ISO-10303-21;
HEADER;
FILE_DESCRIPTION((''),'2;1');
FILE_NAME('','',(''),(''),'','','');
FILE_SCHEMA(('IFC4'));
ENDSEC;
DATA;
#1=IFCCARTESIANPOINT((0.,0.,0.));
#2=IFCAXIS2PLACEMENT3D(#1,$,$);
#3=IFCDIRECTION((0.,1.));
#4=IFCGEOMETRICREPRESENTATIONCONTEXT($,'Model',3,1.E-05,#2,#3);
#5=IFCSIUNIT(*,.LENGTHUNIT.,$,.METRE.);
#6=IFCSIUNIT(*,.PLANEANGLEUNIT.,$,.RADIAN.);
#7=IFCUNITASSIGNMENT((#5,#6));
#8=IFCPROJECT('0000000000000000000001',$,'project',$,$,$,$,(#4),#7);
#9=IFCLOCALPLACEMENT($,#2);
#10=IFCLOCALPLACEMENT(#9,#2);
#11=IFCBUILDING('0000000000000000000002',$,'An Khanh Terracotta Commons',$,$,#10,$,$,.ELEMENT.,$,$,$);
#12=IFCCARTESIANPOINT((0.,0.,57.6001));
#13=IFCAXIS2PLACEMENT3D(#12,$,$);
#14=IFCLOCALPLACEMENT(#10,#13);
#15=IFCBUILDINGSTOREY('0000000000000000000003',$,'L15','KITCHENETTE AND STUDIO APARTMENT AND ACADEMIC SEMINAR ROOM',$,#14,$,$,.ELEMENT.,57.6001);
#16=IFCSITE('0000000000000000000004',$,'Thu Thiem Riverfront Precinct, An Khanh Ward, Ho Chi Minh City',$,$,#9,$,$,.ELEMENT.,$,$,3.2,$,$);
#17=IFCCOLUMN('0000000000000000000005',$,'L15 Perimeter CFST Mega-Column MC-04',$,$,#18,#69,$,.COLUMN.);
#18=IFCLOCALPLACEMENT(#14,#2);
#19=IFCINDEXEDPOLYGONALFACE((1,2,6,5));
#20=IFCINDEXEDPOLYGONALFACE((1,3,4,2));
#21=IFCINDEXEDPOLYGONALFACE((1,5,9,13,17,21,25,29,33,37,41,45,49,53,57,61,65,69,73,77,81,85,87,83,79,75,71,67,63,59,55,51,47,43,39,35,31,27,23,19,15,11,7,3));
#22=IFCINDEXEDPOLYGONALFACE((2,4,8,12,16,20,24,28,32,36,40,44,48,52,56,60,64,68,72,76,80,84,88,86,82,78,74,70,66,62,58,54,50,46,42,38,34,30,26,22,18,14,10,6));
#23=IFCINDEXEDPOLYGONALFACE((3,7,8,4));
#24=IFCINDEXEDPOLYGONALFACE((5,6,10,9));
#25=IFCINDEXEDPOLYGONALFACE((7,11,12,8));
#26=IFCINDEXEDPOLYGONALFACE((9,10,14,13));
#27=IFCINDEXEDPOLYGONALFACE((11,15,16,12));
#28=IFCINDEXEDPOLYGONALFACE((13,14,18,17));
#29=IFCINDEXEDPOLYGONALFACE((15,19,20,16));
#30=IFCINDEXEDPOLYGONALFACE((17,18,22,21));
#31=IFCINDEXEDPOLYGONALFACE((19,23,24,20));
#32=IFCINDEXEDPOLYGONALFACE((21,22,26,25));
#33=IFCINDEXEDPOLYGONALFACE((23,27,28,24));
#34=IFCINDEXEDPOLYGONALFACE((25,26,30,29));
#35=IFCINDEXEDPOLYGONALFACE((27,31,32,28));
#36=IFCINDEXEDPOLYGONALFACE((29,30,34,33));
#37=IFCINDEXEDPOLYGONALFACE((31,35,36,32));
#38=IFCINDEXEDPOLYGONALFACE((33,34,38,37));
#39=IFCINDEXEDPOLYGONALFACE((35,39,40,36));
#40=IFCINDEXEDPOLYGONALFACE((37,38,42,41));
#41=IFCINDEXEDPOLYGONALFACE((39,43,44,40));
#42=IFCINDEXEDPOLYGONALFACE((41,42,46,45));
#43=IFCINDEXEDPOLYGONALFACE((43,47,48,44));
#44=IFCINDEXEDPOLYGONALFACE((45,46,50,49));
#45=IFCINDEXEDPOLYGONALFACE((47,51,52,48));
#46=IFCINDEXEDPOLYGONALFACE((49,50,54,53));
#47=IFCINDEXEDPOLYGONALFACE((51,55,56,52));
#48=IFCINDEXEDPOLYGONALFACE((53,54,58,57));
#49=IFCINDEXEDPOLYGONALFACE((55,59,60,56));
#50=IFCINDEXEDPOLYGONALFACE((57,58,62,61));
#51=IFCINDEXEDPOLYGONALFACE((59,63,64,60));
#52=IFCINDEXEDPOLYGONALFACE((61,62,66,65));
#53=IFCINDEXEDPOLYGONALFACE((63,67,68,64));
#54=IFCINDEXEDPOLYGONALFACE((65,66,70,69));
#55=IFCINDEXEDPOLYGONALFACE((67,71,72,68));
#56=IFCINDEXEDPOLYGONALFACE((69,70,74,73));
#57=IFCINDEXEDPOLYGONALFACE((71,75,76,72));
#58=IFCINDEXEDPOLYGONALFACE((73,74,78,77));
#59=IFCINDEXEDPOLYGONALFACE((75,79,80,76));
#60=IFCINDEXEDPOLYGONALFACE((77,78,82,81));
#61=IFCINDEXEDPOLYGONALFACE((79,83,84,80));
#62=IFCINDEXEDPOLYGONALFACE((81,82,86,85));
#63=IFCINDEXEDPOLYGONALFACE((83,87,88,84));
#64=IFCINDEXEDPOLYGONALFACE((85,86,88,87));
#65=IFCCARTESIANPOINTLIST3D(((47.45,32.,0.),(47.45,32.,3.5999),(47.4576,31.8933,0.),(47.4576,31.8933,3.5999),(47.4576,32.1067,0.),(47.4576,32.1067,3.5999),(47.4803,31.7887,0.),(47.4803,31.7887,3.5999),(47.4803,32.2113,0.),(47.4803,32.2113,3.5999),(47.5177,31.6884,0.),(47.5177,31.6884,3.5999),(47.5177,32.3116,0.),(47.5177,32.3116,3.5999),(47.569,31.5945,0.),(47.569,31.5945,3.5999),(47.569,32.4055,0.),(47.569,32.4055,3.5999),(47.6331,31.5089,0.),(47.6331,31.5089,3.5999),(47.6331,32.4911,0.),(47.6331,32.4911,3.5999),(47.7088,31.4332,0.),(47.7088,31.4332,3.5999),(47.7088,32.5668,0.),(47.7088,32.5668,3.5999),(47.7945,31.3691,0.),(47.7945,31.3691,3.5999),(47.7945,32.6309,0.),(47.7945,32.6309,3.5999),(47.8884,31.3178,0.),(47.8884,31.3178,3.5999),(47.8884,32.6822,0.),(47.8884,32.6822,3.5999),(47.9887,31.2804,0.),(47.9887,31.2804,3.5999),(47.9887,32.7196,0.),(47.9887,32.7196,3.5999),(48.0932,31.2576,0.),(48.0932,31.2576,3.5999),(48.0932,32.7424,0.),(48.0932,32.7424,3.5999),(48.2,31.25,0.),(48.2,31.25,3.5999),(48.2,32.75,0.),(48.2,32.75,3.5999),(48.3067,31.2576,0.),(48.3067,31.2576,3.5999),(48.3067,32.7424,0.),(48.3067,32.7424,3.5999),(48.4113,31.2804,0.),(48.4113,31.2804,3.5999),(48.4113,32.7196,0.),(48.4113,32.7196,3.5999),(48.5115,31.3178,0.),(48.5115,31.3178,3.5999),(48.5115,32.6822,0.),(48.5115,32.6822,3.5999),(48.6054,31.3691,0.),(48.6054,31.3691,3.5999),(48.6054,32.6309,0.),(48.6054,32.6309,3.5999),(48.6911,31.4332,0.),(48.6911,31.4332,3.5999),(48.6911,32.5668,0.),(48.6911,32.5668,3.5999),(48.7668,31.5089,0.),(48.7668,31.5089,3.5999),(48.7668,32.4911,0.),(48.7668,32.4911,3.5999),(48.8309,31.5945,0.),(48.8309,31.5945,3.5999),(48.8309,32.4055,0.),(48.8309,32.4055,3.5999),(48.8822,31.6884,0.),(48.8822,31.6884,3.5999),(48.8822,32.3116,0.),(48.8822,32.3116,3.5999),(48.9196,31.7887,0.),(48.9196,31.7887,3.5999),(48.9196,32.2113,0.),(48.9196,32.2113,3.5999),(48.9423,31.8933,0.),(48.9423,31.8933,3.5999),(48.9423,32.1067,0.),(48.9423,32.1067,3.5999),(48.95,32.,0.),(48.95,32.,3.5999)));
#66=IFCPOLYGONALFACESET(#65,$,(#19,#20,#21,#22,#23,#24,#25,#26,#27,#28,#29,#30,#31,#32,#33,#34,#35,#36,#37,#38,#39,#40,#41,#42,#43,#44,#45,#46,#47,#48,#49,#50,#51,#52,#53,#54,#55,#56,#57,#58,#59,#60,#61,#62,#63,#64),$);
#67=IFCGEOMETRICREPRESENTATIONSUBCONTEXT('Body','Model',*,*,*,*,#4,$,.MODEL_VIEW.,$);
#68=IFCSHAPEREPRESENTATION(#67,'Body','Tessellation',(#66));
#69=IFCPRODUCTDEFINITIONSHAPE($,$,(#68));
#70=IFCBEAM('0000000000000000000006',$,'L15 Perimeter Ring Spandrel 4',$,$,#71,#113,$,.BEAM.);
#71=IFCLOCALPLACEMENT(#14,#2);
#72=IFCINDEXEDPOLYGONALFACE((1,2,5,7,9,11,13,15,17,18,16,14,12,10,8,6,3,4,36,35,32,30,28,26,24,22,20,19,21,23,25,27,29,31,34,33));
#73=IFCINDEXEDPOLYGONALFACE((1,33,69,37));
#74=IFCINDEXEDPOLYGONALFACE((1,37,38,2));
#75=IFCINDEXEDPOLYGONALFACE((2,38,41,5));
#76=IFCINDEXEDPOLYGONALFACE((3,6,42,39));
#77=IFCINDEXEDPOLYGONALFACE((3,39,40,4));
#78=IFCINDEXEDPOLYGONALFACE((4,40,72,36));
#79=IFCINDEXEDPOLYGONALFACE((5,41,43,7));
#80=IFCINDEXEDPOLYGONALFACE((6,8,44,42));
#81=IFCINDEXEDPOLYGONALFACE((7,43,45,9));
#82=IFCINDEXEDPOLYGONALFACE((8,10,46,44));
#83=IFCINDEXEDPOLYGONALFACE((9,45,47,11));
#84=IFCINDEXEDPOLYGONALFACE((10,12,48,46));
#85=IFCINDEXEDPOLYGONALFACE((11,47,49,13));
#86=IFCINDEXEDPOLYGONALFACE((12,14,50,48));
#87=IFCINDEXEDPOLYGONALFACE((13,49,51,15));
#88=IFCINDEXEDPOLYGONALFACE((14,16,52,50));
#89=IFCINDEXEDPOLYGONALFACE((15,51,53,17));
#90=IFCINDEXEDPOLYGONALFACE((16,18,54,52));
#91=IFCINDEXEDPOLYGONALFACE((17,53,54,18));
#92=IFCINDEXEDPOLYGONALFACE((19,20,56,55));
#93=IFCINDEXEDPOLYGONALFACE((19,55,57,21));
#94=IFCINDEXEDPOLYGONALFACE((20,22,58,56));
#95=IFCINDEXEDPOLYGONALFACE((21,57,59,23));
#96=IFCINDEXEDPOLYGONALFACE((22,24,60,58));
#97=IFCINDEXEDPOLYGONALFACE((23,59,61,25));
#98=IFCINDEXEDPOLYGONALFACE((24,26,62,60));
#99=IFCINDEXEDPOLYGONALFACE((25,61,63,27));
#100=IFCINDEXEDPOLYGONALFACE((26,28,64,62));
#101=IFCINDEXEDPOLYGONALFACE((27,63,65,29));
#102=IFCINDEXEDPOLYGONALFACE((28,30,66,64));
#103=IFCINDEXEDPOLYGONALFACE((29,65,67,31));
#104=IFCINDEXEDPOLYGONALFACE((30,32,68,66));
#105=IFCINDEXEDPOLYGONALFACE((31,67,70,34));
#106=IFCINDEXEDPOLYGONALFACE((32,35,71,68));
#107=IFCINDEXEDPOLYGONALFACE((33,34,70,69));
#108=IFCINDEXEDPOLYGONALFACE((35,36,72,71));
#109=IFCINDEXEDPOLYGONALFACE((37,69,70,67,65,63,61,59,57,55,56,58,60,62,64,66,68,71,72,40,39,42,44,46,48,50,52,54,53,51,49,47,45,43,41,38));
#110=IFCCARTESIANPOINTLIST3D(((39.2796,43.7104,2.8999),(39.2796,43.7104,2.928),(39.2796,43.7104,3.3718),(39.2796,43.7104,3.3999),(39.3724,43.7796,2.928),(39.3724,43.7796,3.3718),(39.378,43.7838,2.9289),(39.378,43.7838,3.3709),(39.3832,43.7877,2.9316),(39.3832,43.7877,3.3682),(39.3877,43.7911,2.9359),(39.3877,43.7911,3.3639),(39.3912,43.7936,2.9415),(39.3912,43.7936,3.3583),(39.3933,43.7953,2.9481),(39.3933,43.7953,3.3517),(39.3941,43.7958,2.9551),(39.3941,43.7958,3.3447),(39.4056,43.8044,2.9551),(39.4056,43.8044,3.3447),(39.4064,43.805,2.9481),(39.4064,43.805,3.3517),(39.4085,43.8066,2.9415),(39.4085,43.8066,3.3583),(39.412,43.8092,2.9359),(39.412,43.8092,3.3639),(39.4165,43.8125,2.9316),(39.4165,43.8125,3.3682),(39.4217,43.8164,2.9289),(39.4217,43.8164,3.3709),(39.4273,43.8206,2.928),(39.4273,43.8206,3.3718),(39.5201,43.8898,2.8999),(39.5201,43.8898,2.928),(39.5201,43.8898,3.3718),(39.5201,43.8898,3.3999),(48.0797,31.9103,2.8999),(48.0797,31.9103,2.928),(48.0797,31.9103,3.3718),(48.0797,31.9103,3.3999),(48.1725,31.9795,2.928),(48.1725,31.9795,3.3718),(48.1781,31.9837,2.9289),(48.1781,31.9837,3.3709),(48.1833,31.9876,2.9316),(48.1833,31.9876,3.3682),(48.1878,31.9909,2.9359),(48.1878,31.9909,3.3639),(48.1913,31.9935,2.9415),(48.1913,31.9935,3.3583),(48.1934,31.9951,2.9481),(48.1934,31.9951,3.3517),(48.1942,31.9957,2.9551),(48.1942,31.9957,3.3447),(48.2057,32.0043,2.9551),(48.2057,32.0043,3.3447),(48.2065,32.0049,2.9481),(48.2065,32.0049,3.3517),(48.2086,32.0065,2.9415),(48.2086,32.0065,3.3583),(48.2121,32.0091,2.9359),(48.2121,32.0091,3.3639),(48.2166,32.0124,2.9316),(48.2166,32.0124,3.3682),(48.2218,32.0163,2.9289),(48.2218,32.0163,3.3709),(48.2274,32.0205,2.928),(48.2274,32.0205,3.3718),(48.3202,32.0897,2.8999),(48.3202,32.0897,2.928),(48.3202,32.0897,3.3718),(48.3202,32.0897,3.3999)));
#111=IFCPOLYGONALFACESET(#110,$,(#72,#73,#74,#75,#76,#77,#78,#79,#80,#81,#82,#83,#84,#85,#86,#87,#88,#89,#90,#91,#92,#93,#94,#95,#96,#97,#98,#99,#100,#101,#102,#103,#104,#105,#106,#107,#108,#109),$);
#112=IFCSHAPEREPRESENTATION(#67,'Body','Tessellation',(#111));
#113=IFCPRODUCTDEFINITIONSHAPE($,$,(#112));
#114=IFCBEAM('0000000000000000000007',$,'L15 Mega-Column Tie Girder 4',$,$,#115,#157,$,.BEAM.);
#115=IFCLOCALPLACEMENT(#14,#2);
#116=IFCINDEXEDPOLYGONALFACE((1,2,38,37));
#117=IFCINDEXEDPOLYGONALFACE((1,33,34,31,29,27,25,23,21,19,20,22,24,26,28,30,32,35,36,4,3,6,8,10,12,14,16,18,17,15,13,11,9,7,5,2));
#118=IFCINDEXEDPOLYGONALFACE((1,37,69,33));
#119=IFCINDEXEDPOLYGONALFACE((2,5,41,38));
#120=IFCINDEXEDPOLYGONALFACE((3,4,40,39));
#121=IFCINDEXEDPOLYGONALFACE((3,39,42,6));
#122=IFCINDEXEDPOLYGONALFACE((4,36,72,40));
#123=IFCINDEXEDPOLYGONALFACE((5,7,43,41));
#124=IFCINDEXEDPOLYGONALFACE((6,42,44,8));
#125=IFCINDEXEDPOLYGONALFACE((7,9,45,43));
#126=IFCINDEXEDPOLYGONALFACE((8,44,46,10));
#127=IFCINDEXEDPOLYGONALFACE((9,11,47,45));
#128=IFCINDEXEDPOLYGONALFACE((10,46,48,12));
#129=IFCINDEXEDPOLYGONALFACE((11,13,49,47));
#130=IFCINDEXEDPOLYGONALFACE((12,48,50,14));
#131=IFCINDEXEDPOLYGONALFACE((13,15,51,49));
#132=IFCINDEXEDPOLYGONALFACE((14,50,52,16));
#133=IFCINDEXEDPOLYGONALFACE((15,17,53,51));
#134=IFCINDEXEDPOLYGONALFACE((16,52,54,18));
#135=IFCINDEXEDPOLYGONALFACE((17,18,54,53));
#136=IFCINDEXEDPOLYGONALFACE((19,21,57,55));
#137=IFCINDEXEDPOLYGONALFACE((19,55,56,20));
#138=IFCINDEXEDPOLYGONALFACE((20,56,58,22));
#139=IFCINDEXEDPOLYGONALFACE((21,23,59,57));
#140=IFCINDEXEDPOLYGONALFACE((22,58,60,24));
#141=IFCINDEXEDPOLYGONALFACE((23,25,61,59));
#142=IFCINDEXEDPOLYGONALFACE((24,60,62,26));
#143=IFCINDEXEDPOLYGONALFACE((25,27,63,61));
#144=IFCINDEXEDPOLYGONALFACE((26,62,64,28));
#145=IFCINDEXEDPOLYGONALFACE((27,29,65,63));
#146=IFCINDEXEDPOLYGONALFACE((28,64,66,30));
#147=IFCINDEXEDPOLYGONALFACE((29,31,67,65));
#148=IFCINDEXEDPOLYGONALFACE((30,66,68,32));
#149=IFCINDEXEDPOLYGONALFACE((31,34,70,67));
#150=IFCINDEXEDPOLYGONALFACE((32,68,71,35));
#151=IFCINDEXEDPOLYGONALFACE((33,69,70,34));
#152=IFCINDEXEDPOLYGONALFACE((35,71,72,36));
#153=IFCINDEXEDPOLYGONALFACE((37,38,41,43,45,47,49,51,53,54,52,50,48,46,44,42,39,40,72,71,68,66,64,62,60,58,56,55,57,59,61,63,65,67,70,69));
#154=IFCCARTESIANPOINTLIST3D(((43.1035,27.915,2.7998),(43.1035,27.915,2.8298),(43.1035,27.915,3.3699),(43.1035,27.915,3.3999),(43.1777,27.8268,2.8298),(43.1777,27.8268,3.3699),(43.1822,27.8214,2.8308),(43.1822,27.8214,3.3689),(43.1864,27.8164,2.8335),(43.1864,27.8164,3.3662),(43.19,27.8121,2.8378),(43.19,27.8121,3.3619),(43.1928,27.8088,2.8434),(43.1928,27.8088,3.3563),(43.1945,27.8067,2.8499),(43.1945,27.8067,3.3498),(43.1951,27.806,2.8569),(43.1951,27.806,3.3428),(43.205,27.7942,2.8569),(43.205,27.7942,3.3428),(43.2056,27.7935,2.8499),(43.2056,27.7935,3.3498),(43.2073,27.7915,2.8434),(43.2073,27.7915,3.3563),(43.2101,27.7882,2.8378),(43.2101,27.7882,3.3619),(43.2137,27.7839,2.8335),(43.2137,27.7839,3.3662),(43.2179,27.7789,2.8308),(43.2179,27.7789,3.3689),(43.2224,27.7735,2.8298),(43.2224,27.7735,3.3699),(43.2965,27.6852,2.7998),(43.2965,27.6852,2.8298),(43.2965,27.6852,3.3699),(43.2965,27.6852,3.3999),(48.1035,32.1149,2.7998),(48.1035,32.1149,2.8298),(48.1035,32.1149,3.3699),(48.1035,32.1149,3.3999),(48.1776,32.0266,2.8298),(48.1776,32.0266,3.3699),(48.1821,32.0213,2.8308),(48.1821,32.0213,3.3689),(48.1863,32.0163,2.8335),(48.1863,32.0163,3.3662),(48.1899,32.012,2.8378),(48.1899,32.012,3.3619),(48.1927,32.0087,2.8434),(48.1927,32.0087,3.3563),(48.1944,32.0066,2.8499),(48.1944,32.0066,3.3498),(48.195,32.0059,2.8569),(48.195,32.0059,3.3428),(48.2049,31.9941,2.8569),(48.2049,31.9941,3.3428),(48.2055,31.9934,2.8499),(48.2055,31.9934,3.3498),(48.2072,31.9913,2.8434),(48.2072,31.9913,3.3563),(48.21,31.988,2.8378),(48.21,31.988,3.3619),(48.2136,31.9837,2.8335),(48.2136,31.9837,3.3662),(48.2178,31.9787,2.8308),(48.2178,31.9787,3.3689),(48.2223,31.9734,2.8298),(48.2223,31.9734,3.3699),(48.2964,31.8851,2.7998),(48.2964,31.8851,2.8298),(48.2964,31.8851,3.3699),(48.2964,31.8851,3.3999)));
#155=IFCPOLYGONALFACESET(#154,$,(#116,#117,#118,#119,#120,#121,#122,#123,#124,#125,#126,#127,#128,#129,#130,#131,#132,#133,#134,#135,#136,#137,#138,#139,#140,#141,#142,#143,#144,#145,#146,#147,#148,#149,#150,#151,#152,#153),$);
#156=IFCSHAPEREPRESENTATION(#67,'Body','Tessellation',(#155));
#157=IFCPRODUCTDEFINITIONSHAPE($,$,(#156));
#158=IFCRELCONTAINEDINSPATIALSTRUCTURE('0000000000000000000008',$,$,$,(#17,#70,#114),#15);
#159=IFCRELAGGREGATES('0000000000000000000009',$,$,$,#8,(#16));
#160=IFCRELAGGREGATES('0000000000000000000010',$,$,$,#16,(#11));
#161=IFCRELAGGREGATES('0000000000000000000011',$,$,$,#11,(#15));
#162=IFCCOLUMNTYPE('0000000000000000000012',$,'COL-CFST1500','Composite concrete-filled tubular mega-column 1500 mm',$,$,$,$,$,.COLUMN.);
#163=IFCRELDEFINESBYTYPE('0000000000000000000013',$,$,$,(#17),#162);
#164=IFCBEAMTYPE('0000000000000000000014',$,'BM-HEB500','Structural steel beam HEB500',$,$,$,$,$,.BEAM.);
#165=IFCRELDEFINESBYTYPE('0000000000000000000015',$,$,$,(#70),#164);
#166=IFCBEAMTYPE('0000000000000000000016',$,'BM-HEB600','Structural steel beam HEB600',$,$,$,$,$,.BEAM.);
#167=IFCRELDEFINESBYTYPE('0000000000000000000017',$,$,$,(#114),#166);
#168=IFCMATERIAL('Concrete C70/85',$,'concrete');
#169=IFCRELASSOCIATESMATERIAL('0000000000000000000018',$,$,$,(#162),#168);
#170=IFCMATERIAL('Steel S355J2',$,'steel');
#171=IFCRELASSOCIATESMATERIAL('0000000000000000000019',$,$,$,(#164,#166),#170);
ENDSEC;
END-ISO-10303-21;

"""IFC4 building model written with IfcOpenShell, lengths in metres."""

from ifc_helpers import new_model, si_unit, direction, frame, origin, origin_2d, place, context, subcontext, project, spatial, circle, i_section, extrude, material, material_profile, profile_set, type_object, element, save


model = new_model("IFC4")

# Units and contexts
model_context = context("Model", 3, precision=1e-05, world=origin(), true_north=direction((0.0, 1.0)))
body_context = subcontext(model_context, "Body", "Model", "MODEL_VIEW")
ifc_project = project(units=[si_unit("LENGTHUNIT", "METRE"), si_unit("PLANEANGLEUNIT", "RADIAN")], contexts=[model_context])

# Site, building, storey
site_placement = place(None, origin())
site = spatial("IfcSite", under=ifc_project, at=site_placement, Name="Thu Thiem Riverfront Precinct, An Khanh Ward, Ho Chi Minh City", CompositionType="ELEMENT", RefElevation=3.2)
building_placement = place(site_placement, origin())
building = spatial("IfcBuilding", under=site, at=building_placement, Name="An Khanh Terracotta Commons", CompositionType="ELEMENT")
storey_placement = place(building_placement, frame((0.0, 0.0, 57.6001)))
storey = spatial("IfcBuildingStorey", under=building, at=storey_placement, Name="L15", Description="KITCHENETTE AND STUDIO APARTMENT AND ACADEMIC SEMINAR ROOM", CompositionType="ELEMENT", Elevation=57.6001)

# Column
ifc_material_1 = material(Name="Concrete C70/85", Category="concrete")
ifc_material_profile_1 = material_profile(ifc_material_1, circle(Radius=0.75, at=origin_2d()), Name="CFST1500")
ifc_profile_set_1 = profile_set([ifc_material_profile_1], Name="Concrete C70/85")
column_type = type_object("IfcColumnType", Name="COL-CFST1500", Description="Composite concrete-filled tubular mega-column 1500 mm", PredefinedType="COLUMN", material=ifc_profile_set_1)
column_placement = place(storey_placement, frame((48.2, 32.0, 0.0), z_axis=(0.0, 0.0, 1.0), x_axis=(1.0, 0.0, 0.0)))
element("IfcColumn", 1, at=column_placement, inside=storey, type_object=column_type, Name="L15 Perimeter CFST Mega-Column MC-04", PredefinedType="COLUMN", context=body_context, shape_type="SweptSolid", body=[
    extrude(circle(Radius=0.75, at=origin_2d()), origin(), (0.0, 0.0, 1.0), 3.5999),
])

# Beams
ifc_material_2 = material(Name="Steel S355J2", Category="steel")
ifc_material_profile_2 = material_profile(ifc_material_2, i_section(OverallWidth=0.3, OverallDepth=0.5, WebThickness=0.0144, FlangeThickness=0.0281, FilletRadius=0.0271, at=origin_2d()), Name="HEB500")
ifc_profile_set_2 = profile_set([ifc_material_profile_2], Name="Steel S355J2")
beam_type_1 = type_object("IfcBeamType", Name="BM-HEB500", Description="Structural steel beam HEB500", PredefinedType="BEAM", material=ifc_profile_set_2)
beam_1_placement = place(storey_placement, frame((48.2, 32.0, 3.1499), z_axis=(-0.597824, 0.801627, 0.0), x_axis=(-0.801627, -0.597824, 0.0)))
element("IfcBeam", 2, at=beam_1_placement, inside=storey, type_object=beam_type_1, Name="L15 Perimeter Ring Spandrel 4", PredefinedType="BEAM", context=body_context, shape_type="SweptSolid", body=[
    extrude(i_section(OverallWidth=0.3, OverallDepth=0.5, WebThickness=0.0144, FlangeThickness=0.0281, FilletRadius=0.0271, at=origin_2d()), origin(), (0.0, 0.0, 1.0), 14.7202),
])
ifc_material_profile_3 = material_profile(ifc_material_2, i_section(OverallWidth=0.3, OverallDepth=0.6001, WebThickness=0.0154, FlangeThickness=0.03, FilletRadius=0.0271, at=origin_2d()), Name="HEB600")
ifc_profile_set_3 = profile_set([ifc_material_profile_3], Name="Steel S355J2")
beam_type_2 = type_object("IfcBeamType", Name="BM-HEB600", Description="Structural steel beam HEB600", PredefinedType="BEAM", material=ifc_profile_set_3)
beam_2_placement = place(storey_placement, frame((48.2, 32.0, 3.0999), z_axis=(-0.765709, -0.643188, 0.0), x_axis=(0.643188, -0.765709, 0.0)))
element("IfcBeam", 3, at=beam_2_placement, inside=storey, type_object=beam_type_2, Name="L15 Mega-Column Tie Girder 4", PredefinedType="BEAM", context=body_context, shape_type="SweptSolid", body=[
    extrude(i_section(OverallWidth=0.3, OverallDepth=0.6001, WebThickness=0.0154, FlangeThickness=0.03, FilletRadius=0.0271, at=origin_2d()), origin(), (0.0, 0.0, 1.0), 6.5298),
])

save(model, "model.ifc")
